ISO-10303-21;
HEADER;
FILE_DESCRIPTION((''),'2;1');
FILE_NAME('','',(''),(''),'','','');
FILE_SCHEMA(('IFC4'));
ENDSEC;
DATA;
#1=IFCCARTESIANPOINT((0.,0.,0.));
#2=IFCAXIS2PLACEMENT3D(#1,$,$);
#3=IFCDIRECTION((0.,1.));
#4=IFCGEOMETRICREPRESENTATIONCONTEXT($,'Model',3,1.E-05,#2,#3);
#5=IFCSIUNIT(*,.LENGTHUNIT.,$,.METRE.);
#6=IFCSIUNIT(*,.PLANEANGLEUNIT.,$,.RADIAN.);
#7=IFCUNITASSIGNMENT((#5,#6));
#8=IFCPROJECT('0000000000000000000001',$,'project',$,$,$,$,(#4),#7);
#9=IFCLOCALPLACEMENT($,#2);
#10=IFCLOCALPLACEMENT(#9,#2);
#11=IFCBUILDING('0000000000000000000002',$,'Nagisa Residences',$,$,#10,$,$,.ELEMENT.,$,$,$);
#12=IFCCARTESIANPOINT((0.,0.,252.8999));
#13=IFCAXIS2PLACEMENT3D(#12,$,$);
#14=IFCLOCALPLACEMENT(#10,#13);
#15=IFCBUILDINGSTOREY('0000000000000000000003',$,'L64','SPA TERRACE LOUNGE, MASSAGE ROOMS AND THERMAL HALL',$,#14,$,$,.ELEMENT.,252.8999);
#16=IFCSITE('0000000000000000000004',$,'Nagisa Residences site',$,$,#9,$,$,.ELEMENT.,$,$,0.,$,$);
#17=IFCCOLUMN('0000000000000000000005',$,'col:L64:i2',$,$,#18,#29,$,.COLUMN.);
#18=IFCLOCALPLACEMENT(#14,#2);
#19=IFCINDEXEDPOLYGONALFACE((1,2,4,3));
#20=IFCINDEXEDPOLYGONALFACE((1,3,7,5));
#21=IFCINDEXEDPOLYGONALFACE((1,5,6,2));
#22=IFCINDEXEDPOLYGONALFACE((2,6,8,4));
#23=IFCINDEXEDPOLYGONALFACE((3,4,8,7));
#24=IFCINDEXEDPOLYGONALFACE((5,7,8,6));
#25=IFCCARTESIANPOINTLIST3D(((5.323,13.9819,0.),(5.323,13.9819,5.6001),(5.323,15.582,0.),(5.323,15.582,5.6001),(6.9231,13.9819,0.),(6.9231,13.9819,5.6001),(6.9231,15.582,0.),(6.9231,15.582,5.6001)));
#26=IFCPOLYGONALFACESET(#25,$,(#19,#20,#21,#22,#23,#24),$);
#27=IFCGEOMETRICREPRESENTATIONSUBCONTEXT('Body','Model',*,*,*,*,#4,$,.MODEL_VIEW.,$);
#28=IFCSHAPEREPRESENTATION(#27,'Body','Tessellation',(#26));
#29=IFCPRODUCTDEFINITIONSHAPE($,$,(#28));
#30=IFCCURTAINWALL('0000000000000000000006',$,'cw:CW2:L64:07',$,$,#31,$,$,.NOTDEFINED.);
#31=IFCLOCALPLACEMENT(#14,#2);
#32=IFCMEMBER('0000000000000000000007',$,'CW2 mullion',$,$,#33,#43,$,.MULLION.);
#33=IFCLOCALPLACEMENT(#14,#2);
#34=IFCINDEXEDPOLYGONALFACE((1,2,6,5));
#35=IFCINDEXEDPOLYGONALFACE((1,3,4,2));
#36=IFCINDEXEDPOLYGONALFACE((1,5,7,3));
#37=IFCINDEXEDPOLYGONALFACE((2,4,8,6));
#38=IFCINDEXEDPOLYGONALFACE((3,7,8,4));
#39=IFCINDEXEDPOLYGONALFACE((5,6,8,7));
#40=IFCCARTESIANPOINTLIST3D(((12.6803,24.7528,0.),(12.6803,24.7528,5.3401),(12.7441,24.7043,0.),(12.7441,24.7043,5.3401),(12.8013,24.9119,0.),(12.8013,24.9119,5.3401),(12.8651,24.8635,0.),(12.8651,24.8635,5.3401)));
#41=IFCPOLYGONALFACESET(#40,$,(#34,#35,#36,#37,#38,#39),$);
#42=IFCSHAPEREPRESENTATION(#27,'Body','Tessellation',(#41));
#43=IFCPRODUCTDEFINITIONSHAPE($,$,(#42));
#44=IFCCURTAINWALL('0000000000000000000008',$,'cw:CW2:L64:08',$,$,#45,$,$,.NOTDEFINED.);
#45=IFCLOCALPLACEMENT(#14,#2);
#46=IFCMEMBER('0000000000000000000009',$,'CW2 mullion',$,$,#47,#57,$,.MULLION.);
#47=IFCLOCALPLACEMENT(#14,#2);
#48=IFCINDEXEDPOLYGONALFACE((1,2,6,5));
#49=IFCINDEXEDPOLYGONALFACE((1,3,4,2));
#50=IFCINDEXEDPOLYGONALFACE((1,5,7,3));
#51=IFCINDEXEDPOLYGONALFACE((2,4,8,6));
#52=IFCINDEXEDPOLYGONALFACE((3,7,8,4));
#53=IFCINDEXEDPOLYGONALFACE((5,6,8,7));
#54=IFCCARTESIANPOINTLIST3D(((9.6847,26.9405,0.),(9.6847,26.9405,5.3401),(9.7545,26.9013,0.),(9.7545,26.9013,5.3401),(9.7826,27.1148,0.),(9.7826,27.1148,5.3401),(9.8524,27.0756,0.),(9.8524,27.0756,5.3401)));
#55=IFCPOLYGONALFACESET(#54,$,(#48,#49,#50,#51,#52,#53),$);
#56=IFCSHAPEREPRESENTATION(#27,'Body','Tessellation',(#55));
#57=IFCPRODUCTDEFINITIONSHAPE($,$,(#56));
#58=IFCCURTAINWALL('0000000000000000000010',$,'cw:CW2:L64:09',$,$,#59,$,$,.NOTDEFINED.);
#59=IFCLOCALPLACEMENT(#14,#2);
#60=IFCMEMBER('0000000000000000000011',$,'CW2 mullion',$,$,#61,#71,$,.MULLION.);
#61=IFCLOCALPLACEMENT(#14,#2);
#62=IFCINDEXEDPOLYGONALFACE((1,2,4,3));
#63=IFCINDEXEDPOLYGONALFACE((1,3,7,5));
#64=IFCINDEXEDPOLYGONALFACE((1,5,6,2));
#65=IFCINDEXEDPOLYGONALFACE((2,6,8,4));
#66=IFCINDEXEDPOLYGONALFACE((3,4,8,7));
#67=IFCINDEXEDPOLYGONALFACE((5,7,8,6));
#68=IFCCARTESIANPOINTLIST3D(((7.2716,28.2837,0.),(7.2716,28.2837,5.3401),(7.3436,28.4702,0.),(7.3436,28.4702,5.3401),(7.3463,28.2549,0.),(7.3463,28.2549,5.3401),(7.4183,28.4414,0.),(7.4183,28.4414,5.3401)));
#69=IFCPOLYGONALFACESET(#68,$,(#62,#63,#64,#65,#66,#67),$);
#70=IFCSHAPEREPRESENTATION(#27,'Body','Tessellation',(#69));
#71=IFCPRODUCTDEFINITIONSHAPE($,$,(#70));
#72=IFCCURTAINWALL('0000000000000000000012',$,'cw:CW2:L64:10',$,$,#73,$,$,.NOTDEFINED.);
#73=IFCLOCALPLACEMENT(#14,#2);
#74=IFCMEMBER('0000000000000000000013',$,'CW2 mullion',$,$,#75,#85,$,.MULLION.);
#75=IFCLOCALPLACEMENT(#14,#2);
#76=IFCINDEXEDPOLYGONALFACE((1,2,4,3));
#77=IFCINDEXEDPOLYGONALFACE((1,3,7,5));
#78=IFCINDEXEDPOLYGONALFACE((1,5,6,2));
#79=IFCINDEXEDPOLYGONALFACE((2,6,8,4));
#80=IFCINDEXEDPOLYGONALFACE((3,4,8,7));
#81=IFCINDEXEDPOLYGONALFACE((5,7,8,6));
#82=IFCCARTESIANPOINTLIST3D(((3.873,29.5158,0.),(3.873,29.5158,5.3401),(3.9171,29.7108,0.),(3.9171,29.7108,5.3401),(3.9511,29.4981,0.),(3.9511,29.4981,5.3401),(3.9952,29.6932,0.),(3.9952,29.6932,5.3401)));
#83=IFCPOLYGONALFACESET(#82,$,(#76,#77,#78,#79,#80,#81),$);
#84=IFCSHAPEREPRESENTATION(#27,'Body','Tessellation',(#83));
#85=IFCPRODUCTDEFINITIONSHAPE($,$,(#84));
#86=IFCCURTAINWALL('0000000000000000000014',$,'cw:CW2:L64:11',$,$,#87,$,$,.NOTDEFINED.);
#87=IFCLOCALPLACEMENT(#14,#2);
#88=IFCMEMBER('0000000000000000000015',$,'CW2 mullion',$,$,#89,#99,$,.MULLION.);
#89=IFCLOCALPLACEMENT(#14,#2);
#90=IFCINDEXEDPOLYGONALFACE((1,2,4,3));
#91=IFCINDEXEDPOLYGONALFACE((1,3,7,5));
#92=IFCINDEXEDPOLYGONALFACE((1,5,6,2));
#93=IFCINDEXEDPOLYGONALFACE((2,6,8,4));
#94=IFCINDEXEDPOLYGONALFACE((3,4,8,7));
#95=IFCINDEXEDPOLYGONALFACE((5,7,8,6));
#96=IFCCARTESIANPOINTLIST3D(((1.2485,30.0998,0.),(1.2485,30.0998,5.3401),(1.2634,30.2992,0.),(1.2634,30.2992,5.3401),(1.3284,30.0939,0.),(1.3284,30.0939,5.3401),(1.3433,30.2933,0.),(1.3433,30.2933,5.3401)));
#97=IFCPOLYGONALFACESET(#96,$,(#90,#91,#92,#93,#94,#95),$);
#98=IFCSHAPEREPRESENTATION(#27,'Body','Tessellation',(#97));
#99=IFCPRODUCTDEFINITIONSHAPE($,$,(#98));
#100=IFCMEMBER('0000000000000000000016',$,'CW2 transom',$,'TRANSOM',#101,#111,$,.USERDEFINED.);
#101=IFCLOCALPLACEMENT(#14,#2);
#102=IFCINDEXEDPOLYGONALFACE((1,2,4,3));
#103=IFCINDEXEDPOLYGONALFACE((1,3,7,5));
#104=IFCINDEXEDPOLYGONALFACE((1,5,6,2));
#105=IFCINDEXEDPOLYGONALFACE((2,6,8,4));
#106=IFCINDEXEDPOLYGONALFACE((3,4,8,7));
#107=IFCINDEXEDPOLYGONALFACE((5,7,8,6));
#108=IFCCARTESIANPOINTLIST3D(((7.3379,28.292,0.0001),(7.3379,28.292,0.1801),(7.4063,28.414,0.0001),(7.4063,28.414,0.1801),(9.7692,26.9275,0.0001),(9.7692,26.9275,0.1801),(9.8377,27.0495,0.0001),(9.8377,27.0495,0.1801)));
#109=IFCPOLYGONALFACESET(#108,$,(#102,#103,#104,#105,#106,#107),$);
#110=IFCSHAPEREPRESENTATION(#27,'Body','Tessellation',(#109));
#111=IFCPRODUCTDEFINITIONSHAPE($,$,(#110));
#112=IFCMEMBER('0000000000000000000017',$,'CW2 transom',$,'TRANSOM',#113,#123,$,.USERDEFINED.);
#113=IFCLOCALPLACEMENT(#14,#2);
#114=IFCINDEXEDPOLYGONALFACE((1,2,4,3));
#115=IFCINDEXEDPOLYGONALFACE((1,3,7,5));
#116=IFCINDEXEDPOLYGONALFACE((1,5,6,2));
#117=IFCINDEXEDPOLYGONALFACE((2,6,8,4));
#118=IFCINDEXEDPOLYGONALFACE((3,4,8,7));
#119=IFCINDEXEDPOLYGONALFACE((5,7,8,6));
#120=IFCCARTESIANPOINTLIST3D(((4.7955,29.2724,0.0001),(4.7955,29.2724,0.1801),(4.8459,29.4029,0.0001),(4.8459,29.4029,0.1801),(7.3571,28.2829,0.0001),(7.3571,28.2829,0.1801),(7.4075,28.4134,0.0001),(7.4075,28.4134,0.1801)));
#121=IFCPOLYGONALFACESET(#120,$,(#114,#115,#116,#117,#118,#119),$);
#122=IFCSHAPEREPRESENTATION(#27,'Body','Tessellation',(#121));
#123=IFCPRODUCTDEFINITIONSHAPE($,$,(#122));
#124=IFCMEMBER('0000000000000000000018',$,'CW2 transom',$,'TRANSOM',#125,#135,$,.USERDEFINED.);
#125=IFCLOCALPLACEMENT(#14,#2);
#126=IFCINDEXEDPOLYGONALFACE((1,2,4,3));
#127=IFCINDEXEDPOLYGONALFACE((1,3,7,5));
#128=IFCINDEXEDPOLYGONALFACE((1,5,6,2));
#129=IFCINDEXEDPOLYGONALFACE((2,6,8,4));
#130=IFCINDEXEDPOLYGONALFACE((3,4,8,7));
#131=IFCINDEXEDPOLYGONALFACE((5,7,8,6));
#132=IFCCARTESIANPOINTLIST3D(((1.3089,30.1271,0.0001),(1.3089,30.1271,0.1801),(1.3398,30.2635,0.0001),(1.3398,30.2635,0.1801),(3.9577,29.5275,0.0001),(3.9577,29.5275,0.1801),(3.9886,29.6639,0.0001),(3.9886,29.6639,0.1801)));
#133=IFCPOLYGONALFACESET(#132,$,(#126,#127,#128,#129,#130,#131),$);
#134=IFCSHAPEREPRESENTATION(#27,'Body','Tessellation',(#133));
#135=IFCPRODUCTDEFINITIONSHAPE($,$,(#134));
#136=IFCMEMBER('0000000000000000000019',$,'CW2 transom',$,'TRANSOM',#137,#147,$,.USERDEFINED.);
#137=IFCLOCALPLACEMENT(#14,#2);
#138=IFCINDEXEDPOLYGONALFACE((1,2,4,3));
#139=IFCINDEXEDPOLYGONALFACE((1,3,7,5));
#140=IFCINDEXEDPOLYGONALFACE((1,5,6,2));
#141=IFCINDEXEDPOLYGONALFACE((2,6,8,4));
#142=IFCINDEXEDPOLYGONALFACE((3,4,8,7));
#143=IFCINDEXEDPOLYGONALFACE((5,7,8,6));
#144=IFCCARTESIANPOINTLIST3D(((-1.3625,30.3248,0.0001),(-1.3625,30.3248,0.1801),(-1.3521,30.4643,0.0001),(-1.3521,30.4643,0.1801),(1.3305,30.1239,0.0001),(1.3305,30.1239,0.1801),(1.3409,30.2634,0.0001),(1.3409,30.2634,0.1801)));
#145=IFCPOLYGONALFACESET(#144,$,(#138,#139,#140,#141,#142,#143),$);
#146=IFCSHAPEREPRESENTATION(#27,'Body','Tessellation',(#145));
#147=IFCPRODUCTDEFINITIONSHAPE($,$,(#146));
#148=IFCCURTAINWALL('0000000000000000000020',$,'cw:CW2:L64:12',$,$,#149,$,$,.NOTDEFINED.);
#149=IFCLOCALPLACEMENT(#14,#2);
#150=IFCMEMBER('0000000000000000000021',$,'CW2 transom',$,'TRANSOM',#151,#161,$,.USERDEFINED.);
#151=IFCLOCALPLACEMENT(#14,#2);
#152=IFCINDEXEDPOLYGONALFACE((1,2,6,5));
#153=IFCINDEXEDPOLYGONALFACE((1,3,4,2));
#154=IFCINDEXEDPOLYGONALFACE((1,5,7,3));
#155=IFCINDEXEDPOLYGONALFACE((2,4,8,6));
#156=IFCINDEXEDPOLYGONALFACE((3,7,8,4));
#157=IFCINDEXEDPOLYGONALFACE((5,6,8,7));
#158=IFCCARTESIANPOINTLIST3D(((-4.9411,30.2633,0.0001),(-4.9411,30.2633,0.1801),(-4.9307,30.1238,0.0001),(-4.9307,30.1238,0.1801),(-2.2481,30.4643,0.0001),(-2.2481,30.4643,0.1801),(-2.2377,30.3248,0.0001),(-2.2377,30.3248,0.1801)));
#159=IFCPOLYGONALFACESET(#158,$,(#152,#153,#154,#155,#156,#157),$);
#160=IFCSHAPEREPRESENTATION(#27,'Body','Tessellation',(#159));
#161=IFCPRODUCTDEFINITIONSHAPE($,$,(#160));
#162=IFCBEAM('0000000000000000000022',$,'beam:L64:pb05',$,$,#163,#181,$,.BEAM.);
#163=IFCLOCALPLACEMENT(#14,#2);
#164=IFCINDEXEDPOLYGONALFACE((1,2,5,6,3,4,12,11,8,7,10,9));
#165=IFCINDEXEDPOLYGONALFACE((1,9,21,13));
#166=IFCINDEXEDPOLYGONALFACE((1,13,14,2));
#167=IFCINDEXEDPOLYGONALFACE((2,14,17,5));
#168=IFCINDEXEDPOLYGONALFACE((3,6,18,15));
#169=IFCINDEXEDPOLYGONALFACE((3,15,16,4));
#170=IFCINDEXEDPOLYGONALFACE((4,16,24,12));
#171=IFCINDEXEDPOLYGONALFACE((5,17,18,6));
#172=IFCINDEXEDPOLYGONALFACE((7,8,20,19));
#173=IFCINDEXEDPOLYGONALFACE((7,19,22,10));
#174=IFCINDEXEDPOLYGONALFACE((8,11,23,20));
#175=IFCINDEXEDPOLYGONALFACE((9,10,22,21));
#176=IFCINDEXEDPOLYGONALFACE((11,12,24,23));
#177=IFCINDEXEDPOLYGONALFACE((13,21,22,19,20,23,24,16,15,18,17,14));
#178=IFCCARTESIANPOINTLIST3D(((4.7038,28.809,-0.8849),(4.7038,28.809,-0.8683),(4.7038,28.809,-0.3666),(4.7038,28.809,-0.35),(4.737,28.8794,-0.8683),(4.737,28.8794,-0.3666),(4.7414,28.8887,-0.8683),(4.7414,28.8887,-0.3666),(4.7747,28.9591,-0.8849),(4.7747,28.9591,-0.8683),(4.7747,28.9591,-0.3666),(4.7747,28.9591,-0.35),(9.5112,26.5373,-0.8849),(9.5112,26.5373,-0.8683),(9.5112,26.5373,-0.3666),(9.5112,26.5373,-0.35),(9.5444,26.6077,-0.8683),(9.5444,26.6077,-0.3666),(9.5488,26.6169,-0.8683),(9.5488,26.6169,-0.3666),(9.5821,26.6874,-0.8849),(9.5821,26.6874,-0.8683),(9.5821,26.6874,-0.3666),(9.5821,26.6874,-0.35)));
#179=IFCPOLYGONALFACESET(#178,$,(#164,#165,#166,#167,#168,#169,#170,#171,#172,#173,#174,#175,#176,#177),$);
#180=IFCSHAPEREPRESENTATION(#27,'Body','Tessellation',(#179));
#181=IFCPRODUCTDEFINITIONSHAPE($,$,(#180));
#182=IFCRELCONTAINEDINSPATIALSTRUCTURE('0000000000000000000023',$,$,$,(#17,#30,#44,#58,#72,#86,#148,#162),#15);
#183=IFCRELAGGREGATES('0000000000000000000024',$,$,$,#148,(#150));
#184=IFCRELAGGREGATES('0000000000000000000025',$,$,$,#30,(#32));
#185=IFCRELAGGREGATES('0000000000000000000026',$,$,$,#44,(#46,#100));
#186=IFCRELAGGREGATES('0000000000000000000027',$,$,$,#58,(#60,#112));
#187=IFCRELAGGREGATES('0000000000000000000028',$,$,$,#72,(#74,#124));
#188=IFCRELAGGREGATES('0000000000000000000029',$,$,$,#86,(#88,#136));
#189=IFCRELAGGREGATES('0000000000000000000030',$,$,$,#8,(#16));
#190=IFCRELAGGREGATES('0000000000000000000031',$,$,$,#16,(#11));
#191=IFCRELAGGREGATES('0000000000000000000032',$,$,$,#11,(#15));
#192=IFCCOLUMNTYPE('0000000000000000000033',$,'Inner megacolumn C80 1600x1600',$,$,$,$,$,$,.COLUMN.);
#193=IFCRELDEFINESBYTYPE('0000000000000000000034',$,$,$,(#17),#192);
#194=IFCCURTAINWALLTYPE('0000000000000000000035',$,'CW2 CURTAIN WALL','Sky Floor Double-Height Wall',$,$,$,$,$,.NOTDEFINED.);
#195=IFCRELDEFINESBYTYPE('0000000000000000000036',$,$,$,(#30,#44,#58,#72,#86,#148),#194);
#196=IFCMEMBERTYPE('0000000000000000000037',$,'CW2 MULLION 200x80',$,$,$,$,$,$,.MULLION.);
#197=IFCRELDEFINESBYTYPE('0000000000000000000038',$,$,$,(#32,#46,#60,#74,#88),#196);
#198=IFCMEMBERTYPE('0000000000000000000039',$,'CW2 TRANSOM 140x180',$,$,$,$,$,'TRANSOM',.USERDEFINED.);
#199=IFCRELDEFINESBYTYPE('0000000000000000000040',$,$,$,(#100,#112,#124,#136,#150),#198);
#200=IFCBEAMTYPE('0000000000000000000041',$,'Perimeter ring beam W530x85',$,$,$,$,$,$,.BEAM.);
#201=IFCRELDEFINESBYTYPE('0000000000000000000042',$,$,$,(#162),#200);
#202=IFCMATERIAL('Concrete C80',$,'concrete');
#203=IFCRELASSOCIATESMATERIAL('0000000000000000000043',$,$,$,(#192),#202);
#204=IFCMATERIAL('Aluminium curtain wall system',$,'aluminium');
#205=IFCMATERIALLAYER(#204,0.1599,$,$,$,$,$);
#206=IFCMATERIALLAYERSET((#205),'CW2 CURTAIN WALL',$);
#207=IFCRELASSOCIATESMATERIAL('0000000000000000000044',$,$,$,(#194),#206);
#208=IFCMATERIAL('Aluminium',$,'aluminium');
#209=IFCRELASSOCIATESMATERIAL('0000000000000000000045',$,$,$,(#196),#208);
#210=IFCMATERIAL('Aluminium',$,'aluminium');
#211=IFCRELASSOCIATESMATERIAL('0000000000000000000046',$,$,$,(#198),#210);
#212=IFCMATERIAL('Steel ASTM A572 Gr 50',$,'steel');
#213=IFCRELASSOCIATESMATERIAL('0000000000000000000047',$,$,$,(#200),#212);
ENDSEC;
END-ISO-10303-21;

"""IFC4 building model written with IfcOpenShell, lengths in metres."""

from ifc_helpers import new_model, si_unit, direction, frame, origin, origin_2d, place, context, subcontext, project, spatial, rectangle, i_section, extrude, material, layer, layer_set, material_profile, profile_set, type_object, element, aggregate, save


model = new_model("IFC4")

# Units and contexts
model_context = context("Model", 3, precision=1e-05, world=origin(), true_north=direction((0.0, 1.0)))
body_context = subcontext(model_context, "Body", "Model", "MODEL_VIEW")
ifc_project = project(units=[si_unit("LENGTHUNIT", "METRE"), si_unit("PLANEANGLEUNIT", "RADIAN")], contexts=[model_context])

# Site, building, storey
site_placement = place(None, origin())
site = spatial("IfcSite", under=ifc_project, at=site_placement, Name="Nagisa Residences site", CompositionType="ELEMENT", RefElevation=0.0)
building_placement = place(site_placement, origin())
building = spatial("IfcBuilding", under=site, at=building_placement, Name="Nagisa Residences", CompositionType="ELEMENT")
storey_placement = place(building_placement, frame((0.0, 0.0, 252.8999)))
storey = spatial("IfcBuildingStorey", under=building, at=storey_placement, Name="L64", Description="SPA TERRACE LOUNGE, MASSAGE ROOMS AND THERMAL HALL", CompositionType="ELEMENT", Elevation=252.8999)

# Column
ifc_material_1 = material(Name="Concrete C80", Category="concrete")
ifc_material_profile_1 = material_profile(ifc_material_1, rectangle(XDim=1.6001, YDim=1.6001, at=origin_2d()), Name="C80 1600x1600")
ifc_profile_set_1 = profile_set([ifc_material_profile_1], Name="Concrete C80")
column_type = type_object("IfcColumnType", Name="Inner megacolumn C80 1600x1600", PredefinedType="COLUMN", material=ifc_profile_set_1)
column_placement = place(storey_placement, frame((6.123, 14.782, 0.0), z_axis=(0.0, 0.0, 1.0), x_axis=(1.0, 0.0, 0.0)))
element("IfcColumn", 1, at=column_placement, inside=storey, type_object=column_type, Name="col:L64:i2", PredefinedType="COLUMN", context=body_context, shape_type="SweptSolid", body=[
    extrude(rectangle(XDim=1.6001, YDim=1.6001, at=origin_2d()), origin(), (0.0, 0.0, 1.0), 5.6001),
])

# Curtain walls, members
ifc_material_2 = material(Name="Aluminium curtain wall system", Category="aluminium")
ifc_layer_1 = layer(ifc_material_2, 0.1599)
ifc_layer_set_1 = layer_set([ifc_layer_1], Name="CW2 CURTAIN WALL")
curtain_wall_type = type_object("IfcCurtainWallType", Name="CW2 CURTAIN WALL", Description="Sky Floor Double-Height Wall", PredefinedType="NOTDEFINED", material=ifc_layer_set_1)
curtain_wall_1_placement = place(storey_placement, origin())
curtain_wall_1 = element("IfcCurtainWall", 2, at=curtain_wall_1_placement, inside=storey, type_object=curtain_wall_type, Name="cw:CW2:L64:07", PredefinedType="NOTDEFINED")
ifc_material_3 = material(Name="Aluminium", Category="aluminium")
ifc_material_profile_2 = material_profile(ifc_material_3, rectangle(XDim=0.2, YDim=0.0801, at=origin_2d()), Name="CW2 MULLION 200x80")
ifc_profile_set_2 = profile_set([ifc_material_profile_2], Name="Aluminium")
member_type_1 = type_object("IfcMemberType", Name="CW2 MULLION 200x80", PredefinedType="MULLION", material=ifc_profile_set_2)
member_1_placement = place(storey_placement, frame((12.7727, 24.8081, 0.0), z_axis=(0.0, 0.0, 1.0), x_axis=(-0.605255, -0.796031, 0.0)))
member_1 = element("IfcMember", 3, at=member_1_placement, type_object=member_type_1, Name="CW2 mullion", PredefinedType="MULLION", context=body_context, shape_type="SweptSolid", body=[
    extrude(rectangle(XDim=0.2, YDim=0.0801, at=origin_2d()), origin(), (0.0, 0.0, 1.0), 5.3401),
])
curtain_wall_2_placement = place(storey_placement, origin())
curtain_wall_2 = element("IfcCurtainWall", 4, at=curtain_wall_2_placement, inside=storey, type_object=curtain_wall_type, Name="cw:CW2:L64:08", PredefinedType="NOTDEFINED")
member_2_placement = place(storey_placement, frame((9.7686, 27.0081, 0.0), z_axis=(0.0, 0.0, 1.0), x_axis=(-0.489377, -0.872072, 0.0)))
member_2 = element("IfcMember", 5, at=member_2_placement, type_object=member_type_1, Name="CW2 mullion", PredefinedType="MULLION", context=body_context, shape_type="SweptSolid", body=[
    extrude(rectangle(XDim=0.2, YDim=0.0801, at=origin_2d()), origin(), (0.0, 0.0, 1.0), 5.3401),
])
curtain_wall_3_placement = place(storey_placement, origin())
curtain_wall_3 = element("IfcCurtainWall", 6, at=curtain_wall_3_placement, inside=storey, type_object=curtain_wall_type, Name="cw:CW2:L64:09", PredefinedType="NOTDEFINED")
member_3_placement = place(storey_placement, frame((7.345, 28.3625, 0.0), z_axis=(0.0, 0.0, 1.0), x_axis=(-0.360328, -0.932826, 0.0)))
member_3 = element("IfcMember", 7, at=member_3_placement, type_object=member_type_1, Name="CW2 mullion", PredefinedType="MULLION", context=body_context, shape_type="SweptSolid", body=[
    extrude(rectangle(XDim=0.2, YDim=0.0801, at=origin_2d()), origin(), (0.0, 0.0, 1.0), 5.3401),
])
curtain_wall_4_placement = place(storey_placement, origin())
curtain_wall_4 = element("IfcCurtainWall", 8, at=curtain_wall_4_placement, inside=storey, type_object=curtain_wall_type, Name="cw:CW2:L64:10", PredefinedType="NOTDEFINED")
member_4_placement = place(storey_placement, frame((3.9341, 29.6045, 0.0), z_axis=(0.0, 0.0, 1.0), x_axis=(-0.220764, -0.975327, 0.0)))
member_4 = element("IfcMember", 9, at=member_4_placement, type_object=member_type_1, Name="CW2 mullion", PredefinedType="MULLION", context=body_context, shape_type="SweptSolid", body=[
    extrude(rectangle(XDim=0.2, YDim=0.0801, at=origin_2d()), origin(), (0.0, 0.0, 1.0), 5.3401),
])
curtain_wall_5_placement = place(storey_placement, origin())
curtain_wall_5 = element("IfcCurtainWall", 10, at=curtain_wall_5_placement, inside=storey, type_object=curtain_wall_type, Name="cw:CW2:L64:11", PredefinedType="NOTDEFINED")
member_5_placement = place(storey_placement, frame((1.2959, 30.1965, 0.0), z_axis=(0.0, 0.0, 1.0), x_axis=(-0.074377, -0.99723, 0.0)))
member_5 = element("IfcMember", 11, at=member_5_placement, type_object=member_type_1, Name="CW2 mullion", PredefinedType="MULLION", context=body_context, shape_type="SweptSolid", body=[
    extrude(rectangle(XDim=0.2, YDim=0.0801, at=origin_2d()), origin(), (0.0, 0.0, 1.0), 5.3401),
])

# Members
ifc_material_4 = material(Name="Aluminium", Category="aluminium")
ifc_material_profile_3 = material_profile(ifc_material_4, rectangle(XDim=0.1399, YDim=0.1799, at=origin_2d()), Name="CW2 TRANSOM 140x180")
ifc_profile_set_3 = profile_set([ifc_material_profile_3], Name="Aluminium")
member_type_2 = type_object("IfcMemberType", Name="CW2 TRANSOM 140x180", ElementType="TRANSOM", PredefinedType="USERDEFINED", material=ifc_profile_set_3)
member_6_placement = place(storey_placement, frame((9.8035, 26.9885, 0.0901), z_axis=(-0.872059, 0.4894, 0.0), x_axis=(-0.4894, -0.872059, 0.0)))
member_6 = element("IfcMember", 12, at=member_6_placement, type_object=member_type_2, Name="CW2 transom", ObjectType="TRANSOM", PredefinedType="USERDEFINED", context=body_context, shape_type="SweptSolid", body=[
    extrude(rectangle(XDim=0.1399, YDim=0.1799, at=origin_2d()), origin(), (0.0, 0.0, 1.0), 2.7881),
])
member_7_placement = place(storey_placement, frame((7.3823, 28.3481, 0.0901), z_axis=(-0.93282, 0.360343, 0.0), x_axis=(-0.360343, -0.93282, 0.0)))
member_7 = element("IfcMember", 13, at=member_7_placement, type_object=member_type_2, Name="CW2 transom", ObjectType="TRANSOM", PredefinedType="USERDEFINED", context=body_context, shape_type="SweptSolid", body=[
    extrude(rectangle(XDim=0.1399, YDim=0.1799, at=origin_2d()), origin(), (0.0, 0.0, 1.0), 2.7461),
])
member_8_placement = place(storey_placement, frame((3.9731, 29.5957, 0.0901), z_axis=(-0.975325, 0.220774, 0.0), x_axis=(-0.220774, -0.975325, 0.0)))
member_8 = element("IfcMember", 14, at=member_8_placement, type_object=member_type_2, Name="CW2 transom", ObjectType="TRANSOM", PredefinedType="USERDEFINED", context=body_context, shape_type="SweptSolid", body=[
    extrude(rectangle(XDim=0.1399, YDim=0.1799, at=origin_2d()), origin(), (0.0, 0.0, 1.0), 2.7158),
])
member_9_placement = place(storey_placement, frame((1.3357, 30.1936, 0.0901), z_axis=(-0.997228, 0.074408, 0.0), x_axis=(-0.074408, -0.997228, 0.0)))
member_9 = element("IfcMember", 15, at=member_9_placement, type_object=member_type_2, Name="CW2 transom", ObjectType="TRANSOM", PredefinedType="USERDEFINED", context=body_context, shape_type="SweptSolid", body=[
    extrude(rectangle(XDim=0.1399, YDim=0.1799, at=origin_2d()), origin(), (0.0, 0.0, 1.0), 2.7004),
])

# Curtain wall, member
curtain_wall_6_placement = place(storey_placement, origin())
curtain_wall_6 = element("IfcCurtainWall", 16, at=curtain_wall_6_placement, inside=storey, type_object=curtain_wall_type, Name="cw:CW2:L64:12", PredefinedType="NOTDEFINED")
member_10_placement = place(storey_placement, frame((-2.2429, 30.3945, 0.0901), z_axis=(-0.997228, -0.074408, 0.0), x_axis=(0.074408, -0.997228, 0.0)))
member_10 = element("IfcMember", 17, at=member_10_placement, type_object=member_type_2, Name="CW2 transom", ObjectType="TRANSOM", PredefinedType="USERDEFINED", context=body_context, shape_type="SweptSolid", body=[
    extrude(rectangle(XDim=0.1399, YDim=0.1799, at=origin_2d()), origin(), (0.0, 0.0, 1.0), 2.7004),
])
aggregate(curtain_wall_6, [member_10])

# Beam
ifc_material_5 = material(Name="Steel ASTM A572 Gr 50", Category="steel")
ifc_material_profile_4 = material_profile(ifc_material_5, i_section(OverallWidth=0.166, OverallDepth=0.5349, WebThickness=0.0103, FlangeThickness=0.0166, at=origin_2d()), Name="W530x85")
ifc_profile_set_4 = profile_set([ifc_material_profile_4], Name="Steel ASTM A572 Gr 50")
beam_type_1 = type_object("IfcBeamType", Name="Perimeter ring beam W530x85", PredefinedType="BEAM", material=ifc_profile_set_4)
beam_1_placement = place(storey_placement, frame((9.5466, 26.6123, -0.6174), z_axis=(-0.904134, 0.427249, 0.0), x_axis=(-0.427249, -0.904134, 0.0)))
element("IfcBeam", 18, at=beam_1_placement, inside=storey, type_object=beam_type_1, Name="beam:L64:pb05", PredefinedType="BEAM", context=body_context, shape_type="SweptSolid", body=[
    extrude(i_section(OverallWidth=0.166, OverallDepth=0.5349, WebThickness=0.0103, FlangeThickness=0.0166, at=origin_2d()), origin(), (0.0, 0.0, 1.0), 5.3171),
])

aggregate(curtain_wall_1, [member_1])
aggregate(curtain_wall_2, [member_2, member_6])
aggregate(curtain_wall_3, [member_3, member_7])
aggregate(curtain_wall_4, [member_4, member_8])
aggregate(curtain_wall_5, [member_5, member_9])

save(model, "model.ifc")
